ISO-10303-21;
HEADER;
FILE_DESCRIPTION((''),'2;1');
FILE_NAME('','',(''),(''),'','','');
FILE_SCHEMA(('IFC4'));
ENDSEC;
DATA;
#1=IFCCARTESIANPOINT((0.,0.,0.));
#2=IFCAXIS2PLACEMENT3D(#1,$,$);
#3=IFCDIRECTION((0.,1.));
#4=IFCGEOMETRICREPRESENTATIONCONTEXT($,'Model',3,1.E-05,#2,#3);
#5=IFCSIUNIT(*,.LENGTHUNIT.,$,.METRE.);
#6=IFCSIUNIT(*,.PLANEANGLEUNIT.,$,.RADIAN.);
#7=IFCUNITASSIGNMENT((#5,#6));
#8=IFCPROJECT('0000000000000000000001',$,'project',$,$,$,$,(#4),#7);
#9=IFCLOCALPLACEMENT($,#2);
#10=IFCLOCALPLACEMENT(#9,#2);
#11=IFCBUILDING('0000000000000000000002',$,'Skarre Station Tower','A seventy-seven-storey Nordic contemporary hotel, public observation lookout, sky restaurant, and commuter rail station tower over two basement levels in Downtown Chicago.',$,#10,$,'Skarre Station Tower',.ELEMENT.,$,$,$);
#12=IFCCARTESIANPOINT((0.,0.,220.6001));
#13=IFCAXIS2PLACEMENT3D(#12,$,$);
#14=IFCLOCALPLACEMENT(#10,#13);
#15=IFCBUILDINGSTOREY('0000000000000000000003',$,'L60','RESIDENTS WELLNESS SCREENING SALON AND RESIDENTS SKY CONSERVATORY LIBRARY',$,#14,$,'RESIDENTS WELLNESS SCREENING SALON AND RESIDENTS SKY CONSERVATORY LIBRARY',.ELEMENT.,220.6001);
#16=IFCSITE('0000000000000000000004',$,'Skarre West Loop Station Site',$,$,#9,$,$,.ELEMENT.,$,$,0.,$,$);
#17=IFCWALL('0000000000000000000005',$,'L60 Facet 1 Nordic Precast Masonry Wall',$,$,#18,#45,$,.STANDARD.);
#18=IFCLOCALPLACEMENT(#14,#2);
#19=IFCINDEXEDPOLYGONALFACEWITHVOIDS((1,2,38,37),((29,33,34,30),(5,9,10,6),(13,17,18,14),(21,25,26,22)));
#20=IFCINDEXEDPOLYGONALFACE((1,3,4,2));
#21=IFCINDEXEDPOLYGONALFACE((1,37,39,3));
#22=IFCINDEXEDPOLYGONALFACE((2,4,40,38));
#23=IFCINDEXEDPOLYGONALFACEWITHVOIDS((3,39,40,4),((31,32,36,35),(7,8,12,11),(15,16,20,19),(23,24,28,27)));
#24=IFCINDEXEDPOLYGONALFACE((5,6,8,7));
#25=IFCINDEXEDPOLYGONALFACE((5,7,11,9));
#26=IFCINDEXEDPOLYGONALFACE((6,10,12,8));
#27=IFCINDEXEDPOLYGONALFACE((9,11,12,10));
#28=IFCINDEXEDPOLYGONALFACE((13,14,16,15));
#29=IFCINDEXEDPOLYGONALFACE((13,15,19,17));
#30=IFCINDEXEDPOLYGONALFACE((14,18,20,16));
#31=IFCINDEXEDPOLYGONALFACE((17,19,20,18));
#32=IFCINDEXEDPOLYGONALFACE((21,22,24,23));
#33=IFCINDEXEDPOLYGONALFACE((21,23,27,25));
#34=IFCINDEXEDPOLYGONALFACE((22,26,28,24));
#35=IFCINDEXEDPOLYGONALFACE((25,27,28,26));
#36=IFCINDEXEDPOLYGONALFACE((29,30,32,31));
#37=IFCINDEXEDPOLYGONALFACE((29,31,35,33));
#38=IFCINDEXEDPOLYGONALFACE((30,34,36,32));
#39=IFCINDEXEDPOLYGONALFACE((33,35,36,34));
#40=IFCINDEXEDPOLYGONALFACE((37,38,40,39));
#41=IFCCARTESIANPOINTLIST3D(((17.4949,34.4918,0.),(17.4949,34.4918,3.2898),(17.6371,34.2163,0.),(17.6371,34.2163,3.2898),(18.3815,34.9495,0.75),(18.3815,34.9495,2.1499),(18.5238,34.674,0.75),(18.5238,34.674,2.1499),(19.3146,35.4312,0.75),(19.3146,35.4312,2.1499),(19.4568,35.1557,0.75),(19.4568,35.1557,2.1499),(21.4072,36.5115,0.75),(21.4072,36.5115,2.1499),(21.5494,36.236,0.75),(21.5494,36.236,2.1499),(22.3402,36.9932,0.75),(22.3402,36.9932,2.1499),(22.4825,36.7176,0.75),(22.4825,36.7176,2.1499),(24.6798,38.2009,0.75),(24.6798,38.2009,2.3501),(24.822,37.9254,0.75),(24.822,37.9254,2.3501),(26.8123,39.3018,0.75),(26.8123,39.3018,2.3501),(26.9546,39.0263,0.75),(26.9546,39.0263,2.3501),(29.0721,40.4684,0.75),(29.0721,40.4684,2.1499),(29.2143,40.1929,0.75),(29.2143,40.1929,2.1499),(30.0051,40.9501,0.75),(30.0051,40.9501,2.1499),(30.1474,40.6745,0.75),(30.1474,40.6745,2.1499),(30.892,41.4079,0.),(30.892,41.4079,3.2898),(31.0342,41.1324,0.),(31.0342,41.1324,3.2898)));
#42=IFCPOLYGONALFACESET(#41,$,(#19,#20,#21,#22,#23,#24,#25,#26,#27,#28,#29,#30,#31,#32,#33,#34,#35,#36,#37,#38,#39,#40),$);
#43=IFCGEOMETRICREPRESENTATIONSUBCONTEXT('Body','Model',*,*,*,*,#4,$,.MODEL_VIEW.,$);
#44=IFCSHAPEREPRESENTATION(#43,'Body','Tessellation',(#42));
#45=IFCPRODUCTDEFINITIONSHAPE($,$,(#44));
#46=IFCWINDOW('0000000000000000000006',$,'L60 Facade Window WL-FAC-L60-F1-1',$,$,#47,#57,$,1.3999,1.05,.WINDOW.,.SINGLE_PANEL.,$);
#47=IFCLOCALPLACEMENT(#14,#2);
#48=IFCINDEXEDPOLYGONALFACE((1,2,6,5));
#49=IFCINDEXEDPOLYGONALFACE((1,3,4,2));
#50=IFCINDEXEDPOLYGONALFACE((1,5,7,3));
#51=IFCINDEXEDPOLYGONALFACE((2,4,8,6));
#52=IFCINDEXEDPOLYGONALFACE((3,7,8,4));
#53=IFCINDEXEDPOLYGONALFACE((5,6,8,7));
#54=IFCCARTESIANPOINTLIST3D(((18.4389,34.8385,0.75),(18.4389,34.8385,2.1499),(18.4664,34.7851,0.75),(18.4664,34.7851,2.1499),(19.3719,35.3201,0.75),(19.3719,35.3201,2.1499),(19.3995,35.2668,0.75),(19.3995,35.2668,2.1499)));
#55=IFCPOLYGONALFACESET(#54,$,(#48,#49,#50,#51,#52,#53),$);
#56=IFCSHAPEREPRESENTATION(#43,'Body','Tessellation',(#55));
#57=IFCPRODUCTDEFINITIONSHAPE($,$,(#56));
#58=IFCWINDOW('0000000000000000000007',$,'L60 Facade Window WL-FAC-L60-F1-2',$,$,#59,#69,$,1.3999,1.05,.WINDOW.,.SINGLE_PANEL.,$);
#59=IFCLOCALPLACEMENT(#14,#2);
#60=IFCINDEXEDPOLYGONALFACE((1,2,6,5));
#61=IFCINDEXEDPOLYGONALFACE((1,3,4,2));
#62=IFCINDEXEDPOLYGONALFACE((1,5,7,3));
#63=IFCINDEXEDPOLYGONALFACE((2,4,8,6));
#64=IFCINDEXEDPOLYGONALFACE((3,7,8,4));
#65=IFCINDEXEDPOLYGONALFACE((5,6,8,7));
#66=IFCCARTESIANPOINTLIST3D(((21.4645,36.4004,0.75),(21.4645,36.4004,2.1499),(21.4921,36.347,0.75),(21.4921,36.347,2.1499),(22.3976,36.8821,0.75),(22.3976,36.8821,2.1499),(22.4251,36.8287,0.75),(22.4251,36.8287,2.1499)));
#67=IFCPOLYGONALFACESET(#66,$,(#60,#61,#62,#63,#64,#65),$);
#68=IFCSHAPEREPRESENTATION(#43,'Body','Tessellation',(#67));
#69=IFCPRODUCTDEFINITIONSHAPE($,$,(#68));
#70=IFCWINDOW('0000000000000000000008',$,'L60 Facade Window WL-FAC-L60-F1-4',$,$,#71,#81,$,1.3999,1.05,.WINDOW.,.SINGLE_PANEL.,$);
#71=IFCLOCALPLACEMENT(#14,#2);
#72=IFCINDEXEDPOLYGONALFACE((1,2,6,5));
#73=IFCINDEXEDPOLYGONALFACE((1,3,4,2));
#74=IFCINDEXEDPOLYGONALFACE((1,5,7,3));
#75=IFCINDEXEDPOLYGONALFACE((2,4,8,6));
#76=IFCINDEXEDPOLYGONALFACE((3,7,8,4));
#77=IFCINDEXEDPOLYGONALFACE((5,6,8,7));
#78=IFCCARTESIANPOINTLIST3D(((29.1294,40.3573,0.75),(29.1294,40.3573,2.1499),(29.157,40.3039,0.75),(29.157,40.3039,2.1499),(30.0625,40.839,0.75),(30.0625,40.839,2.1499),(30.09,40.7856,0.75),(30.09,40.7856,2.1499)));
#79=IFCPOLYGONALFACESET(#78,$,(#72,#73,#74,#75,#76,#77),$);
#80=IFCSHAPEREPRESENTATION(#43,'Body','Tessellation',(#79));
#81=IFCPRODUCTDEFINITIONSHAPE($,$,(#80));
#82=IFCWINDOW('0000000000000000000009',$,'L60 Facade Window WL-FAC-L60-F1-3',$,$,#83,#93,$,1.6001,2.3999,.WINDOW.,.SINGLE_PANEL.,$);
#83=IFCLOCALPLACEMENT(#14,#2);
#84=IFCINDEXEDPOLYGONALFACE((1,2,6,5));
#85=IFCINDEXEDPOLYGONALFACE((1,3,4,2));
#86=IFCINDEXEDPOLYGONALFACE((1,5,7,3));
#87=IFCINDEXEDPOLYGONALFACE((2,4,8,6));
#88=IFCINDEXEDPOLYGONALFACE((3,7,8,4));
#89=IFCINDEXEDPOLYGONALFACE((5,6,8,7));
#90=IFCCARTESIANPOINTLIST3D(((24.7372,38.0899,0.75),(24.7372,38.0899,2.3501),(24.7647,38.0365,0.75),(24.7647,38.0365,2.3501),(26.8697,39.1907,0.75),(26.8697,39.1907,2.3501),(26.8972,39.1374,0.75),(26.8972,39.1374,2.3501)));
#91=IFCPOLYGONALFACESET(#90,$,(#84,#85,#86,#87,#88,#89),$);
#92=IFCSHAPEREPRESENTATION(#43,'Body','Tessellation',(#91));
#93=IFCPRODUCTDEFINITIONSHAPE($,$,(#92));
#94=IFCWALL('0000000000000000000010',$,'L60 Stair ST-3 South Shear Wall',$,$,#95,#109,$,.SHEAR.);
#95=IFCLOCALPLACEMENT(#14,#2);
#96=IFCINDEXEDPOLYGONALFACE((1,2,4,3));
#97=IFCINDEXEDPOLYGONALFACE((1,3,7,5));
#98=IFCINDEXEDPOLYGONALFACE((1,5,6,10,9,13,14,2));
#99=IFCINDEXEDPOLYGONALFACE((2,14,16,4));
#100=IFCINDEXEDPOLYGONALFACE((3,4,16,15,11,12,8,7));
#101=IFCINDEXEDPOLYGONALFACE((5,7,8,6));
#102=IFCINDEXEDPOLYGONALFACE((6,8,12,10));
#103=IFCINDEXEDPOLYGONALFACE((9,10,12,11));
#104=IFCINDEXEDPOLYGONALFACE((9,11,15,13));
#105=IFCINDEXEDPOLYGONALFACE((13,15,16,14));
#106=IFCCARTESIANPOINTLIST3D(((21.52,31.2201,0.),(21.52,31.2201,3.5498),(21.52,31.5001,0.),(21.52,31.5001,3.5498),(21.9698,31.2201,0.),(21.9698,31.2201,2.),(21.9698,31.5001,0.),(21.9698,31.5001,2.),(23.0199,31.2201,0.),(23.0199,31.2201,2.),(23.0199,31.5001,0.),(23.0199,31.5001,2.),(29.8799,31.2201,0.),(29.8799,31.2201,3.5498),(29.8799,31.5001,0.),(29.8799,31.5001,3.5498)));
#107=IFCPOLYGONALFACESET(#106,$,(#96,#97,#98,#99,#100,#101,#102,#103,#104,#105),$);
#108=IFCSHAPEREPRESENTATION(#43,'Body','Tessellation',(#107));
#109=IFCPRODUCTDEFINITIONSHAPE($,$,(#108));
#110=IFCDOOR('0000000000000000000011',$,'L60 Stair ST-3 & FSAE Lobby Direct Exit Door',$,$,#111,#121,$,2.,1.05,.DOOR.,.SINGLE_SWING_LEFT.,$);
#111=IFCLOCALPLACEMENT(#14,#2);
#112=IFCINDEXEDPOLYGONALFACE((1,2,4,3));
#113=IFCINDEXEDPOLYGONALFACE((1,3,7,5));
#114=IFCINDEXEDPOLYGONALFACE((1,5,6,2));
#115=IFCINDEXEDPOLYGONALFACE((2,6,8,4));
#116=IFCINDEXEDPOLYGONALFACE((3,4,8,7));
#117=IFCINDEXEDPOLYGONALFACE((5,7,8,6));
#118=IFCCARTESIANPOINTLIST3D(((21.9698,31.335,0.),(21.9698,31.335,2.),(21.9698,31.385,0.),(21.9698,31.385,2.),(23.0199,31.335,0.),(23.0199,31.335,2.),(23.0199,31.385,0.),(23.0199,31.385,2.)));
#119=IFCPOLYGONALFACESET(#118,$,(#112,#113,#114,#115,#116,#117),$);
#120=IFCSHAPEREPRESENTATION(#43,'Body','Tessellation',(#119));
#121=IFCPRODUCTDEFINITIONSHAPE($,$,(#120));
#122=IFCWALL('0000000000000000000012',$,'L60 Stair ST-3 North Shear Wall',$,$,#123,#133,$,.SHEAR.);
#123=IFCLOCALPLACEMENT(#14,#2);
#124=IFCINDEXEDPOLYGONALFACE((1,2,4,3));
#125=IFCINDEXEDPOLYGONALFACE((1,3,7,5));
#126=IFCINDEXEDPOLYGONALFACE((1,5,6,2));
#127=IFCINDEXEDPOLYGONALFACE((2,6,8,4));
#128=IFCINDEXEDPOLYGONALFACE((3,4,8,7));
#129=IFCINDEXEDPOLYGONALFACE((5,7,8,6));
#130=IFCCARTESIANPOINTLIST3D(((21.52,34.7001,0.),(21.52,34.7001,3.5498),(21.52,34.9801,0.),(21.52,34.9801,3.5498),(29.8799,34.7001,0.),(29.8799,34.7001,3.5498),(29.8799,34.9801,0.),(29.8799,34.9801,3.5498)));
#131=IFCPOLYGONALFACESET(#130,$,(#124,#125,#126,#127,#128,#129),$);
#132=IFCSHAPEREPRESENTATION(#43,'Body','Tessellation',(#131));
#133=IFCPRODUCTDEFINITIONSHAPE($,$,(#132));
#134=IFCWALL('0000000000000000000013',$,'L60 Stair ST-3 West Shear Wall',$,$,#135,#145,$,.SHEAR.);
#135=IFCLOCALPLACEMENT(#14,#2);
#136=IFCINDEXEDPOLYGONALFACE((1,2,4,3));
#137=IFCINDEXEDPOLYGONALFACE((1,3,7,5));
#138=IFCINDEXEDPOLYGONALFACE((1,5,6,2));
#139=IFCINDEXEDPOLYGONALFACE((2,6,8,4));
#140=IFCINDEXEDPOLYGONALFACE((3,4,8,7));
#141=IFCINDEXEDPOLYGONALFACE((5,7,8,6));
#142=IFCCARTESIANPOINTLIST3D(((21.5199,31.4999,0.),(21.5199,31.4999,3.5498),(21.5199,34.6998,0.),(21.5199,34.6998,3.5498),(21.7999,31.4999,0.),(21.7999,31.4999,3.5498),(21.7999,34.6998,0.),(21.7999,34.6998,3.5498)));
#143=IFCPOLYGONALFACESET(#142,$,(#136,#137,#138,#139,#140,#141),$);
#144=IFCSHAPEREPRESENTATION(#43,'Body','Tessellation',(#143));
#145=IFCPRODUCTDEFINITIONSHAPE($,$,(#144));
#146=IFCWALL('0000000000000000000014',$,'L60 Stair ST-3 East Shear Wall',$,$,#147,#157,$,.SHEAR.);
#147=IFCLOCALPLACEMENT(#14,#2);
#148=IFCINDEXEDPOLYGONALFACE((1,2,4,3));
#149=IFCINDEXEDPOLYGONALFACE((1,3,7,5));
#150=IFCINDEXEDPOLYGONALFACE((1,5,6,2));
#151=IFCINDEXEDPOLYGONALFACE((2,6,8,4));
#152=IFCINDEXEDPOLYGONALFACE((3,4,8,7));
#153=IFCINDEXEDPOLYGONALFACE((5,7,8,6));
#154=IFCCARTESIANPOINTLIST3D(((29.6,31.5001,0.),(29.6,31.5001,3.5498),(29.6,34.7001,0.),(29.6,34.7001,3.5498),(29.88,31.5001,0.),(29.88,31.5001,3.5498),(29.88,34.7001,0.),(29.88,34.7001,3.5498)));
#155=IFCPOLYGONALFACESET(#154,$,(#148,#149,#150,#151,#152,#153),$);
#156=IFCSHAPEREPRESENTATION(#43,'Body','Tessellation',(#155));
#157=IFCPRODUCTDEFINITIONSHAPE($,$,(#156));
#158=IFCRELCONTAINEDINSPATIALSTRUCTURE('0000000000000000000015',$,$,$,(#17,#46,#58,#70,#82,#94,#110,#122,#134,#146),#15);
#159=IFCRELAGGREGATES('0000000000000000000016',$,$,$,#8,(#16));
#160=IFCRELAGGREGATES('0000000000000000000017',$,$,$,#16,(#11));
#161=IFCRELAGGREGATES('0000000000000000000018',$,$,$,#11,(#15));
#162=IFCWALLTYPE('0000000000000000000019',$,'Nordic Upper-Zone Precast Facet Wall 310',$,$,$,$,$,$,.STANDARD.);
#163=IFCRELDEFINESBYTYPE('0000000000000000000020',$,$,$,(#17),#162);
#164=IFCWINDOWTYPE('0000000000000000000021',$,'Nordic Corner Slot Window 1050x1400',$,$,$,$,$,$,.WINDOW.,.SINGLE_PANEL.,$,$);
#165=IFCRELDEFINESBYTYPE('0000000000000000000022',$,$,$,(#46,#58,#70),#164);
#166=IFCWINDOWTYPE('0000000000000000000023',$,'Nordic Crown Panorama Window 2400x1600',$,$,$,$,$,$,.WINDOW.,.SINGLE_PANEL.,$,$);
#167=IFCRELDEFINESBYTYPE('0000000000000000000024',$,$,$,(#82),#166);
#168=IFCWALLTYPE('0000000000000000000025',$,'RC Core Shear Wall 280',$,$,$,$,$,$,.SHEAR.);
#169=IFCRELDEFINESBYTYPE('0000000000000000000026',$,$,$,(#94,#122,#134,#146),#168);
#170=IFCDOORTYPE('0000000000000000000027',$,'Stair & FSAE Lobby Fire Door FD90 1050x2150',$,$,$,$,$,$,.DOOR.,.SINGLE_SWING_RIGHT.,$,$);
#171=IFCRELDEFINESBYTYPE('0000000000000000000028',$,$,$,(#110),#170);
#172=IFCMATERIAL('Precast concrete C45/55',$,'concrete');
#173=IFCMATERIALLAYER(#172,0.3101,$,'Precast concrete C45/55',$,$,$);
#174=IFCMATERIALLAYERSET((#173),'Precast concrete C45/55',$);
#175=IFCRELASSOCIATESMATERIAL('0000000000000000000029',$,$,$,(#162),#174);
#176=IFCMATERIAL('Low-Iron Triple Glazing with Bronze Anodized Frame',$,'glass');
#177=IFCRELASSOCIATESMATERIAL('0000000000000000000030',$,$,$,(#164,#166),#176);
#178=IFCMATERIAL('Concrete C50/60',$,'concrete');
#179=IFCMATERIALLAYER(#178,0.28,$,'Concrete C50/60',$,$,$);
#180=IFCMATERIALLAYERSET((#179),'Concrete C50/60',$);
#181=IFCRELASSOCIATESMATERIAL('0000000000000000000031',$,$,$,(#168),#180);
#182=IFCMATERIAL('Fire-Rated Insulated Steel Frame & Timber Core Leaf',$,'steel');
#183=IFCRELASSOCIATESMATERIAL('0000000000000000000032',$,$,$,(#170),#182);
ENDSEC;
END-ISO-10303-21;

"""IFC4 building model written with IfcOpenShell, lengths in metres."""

from ifc_helpers import new_model, si_unit, direction, frame, frame_2d, origin, place, context, subcontext, project, spatial, rectangle, extrude, material, layer, layer_set, type_object, element, fill, save


model = new_model("IFC4")

# Units and contexts
model_context = context("Model", 3, precision=1e-05, world=origin(), true_north=direction((0.0, 1.0)))
body_context = subcontext(model_context, "Body", "Model", "MODEL_VIEW")
ifc_project = project(units=[si_unit("LENGTHUNIT", "METRE"), si_unit("PLANEANGLEUNIT", "RADIAN")], contexts=[model_context])

# Site, building, storey
site_placement = place(None, origin())
site = spatial("IfcSite", under=ifc_project, at=site_placement, Name="Skarre West Loop Station Site", CompositionType="ELEMENT", RefElevation=0.0)
building_placement = place(site_placement, origin())
building = spatial("IfcBuilding", under=site, at=building_placement, Name="Skarre Station Tower", Description="A seventy-seven-storey Nordic contemporary hotel, public observation lookout, sky restaurant, and commuter rail station tower over two basement levels in Downtown Chicago.", LongName="Skarre Station Tower", CompositionType="ELEMENT")
storey_placement = place(building_placement, frame((0.0, 0.0, 220.6001)))
storey = spatial("IfcBuildingStorey", under=building, at=storey_placement, Name="L60", Description="RESIDENTS WELLNESS SCREENING SALON AND RESIDENTS SKY CONSERVATORY LIBRARY", LongName="RESIDENTS WELLNESS SCREENING SALON AND RESIDENTS SKY CONSERVATORY LIBRARY", CompositionType="ELEMENT", Elevation=220.6001)

# Shared definitions
ifc_material_1 = material(Name="Concrete C50/60", Category="concrete")

# Shared definitions
ifc_material_2 = material(Name="Precast concrete C45/55", Category="concrete")

# Wall, openings, windows
ifc_layer_1 = layer(ifc_material_2, 0.3101, Name="Precast concrete C45/55")
ifc_layer_set_1 = layer_set([ifc_layer_1], Name="Precast concrete C45/55")
wall_type_1 = type_object("IfcWallType", Name="Nordic Upper-Zone Precast Facet Wall 310", PredefinedType="STANDARD", material=ifc_layer_set_1)
wall_1_placement = place(storey_placement, frame((17.5659, 34.354, 0.0), z_axis=(0.0, 0.0, 1.0), x_axis=(0.888581, 0.458719, 0.0)))
wall_1 = element("IfcWall", 1, at=wall_1_placement, inside=storey, type_object=wall_type_1, Name="L60 Facet 1 Nordic Precast Masonry Wall", PredefinedType="STANDARD", context=body_context, shape_type="SweptSolid", body=[
    extrude(rectangle(XDim=15.0769, YDim=0.3101, at=frame_2d((7.5386, 0.0))), origin(), (0.0, 0.0, 1.0), 3.2898),
])
opening_1_placement = place(wall_1_placement, frame((0.998, 0.0, 0.75)))
opening_1 = element("IfcOpeningElement", 2, at=opening_1_placement, cuts=wall_1, PredefinedType="OPENING", context=body_context, shape_type="SweptSolid", body=[
    extrude(rectangle(XDim=1.05, YDim=1.3999, at=frame_2d((0.5249, 0.7))), frame((0.0, 0.165, 0.0), z_axis=(0.0, -1.0, 0.0), x_axis=(1.0, 0.0, 0.0)), (0.0, 0.0, 1.0), 0.3301),
])
opening_2_placement = place(wall_1_placement, frame((4.4031, 0.0, 0.75)))
opening_2 = element("IfcOpeningElement", 3, at=opening_2_placement, cuts=wall_1, PredefinedType="OPENING", context=body_context, shape_type="SweptSolid", body=[
    extrude(rectangle(XDim=1.05, YDim=1.3999, at=frame_2d((0.5249, 0.7))), frame((0.0, 0.165, 0.0), z_axis=(0.0, -1.0, 0.0), x_axis=(1.0, 0.0, 0.0)), (0.0, 0.0, 1.0), 0.3301),
])
opening_3_placement = place(wall_1_placement, frame((8.0859, 0.0, 0.75)))
opening_3 = element("IfcOpeningElement", 4, at=opening_3_placement, cuts=wall_1, PredefinedType="OPENING", context=body_context, shape_type="SweptSolid", body=[
    extrude(rectangle(XDim=2.3999, YDim=1.6001, at=frame_2d((1.2, 0.8))), frame((0.0, 0.165, 0.0), z_axis=(0.0, -1.0, 0.0), x_axis=(1.0, 0.0, 0.0)), (0.0, 0.0, 1.0), 0.3301),
])
opening_4_placement = place(wall_1_placement, frame((13.0291, 0.0, 0.75)))
opening_4 = element("IfcOpeningElement", 5, at=opening_4_placement, cuts=wall_1, PredefinedType="OPENING", context=body_context, shape_type="SweptSolid", body=[
    extrude(rectangle(XDim=1.05, YDim=1.3999, at=frame_2d((0.5249, 0.7))), frame((0.0, 0.165, 0.0), z_axis=(0.0, -1.0, 0.0), x_axis=(1.0, 0.0, 0.0)), (0.0, 0.0, 1.0), 0.3301),
])
ifc_material_3 = material(Name="Low-Iron Triple Glazing with Bronze Anodized Frame", Category="glass")
window_type_1 = type_object("IfcWindowType", Name="Nordic Corner Slot Window 1050x1400", PartitioningType="SINGLE_PANEL", PredefinedType="WINDOW", material=ifc_material_3)
window_1_placement = place(opening_1_placement, origin())
window_1 = element("IfcWindow", 6, at=window_1_placement, inside=storey, type_object=window_type_1, Name="L60 Facade Window WL-FAC-L60-F1-1", OverallHeight=1.3999, OverallWidth=1.05, PartitioningType="SINGLE_PANEL", PredefinedType="WINDOW", context=body_context, shape_type="SweptSolid", body=[
    extrude(rectangle(XDim=1.05, YDim=1.3999, at=frame_2d((0.5249, 0.7))), frame((0.0, 0.03, 0.0), z_axis=(0.0, -1.0, 0.0), x_axis=(1.0, 0.0, 0.0)), (0.0, 0.0, 1.0), 0.0601),
])
fill(opening_1, window_1)
window_2_placement = place(opening_2_placement, origin())
window_2 = element("IfcWindow", 7, at=window_2_placement, inside=storey, type_object=window_type_1, Name="L60 Facade Window WL-FAC-L60-F1-2", OverallHeight=1.3999, OverallWidth=1.05, PartitioningType="SINGLE_PANEL", PredefinedType="WINDOW", context=body_context, shape_type="SweptSolid", body=[
    extrude(rectangle(XDim=1.05, YDim=1.3999, at=frame_2d((0.5249, 0.7))), frame((0.0, 0.03, 0.0), z_axis=(0.0, -1.0, 0.0), x_axis=(1.0, 0.0, 0.0)), (0.0, 0.0, 1.0), 0.0601),
])
fill(opening_2, window_2)
window_3_placement = place(opening_4_placement, origin())
window_3 = element("IfcWindow", 8, at=window_3_placement, inside=storey, type_object=window_type_1, Name="L60 Facade Window WL-FAC-L60-F1-4", OverallHeight=1.3999, OverallWidth=1.05, PartitioningType="SINGLE_PANEL", PredefinedType="WINDOW", context=body_context, shape_type="SweptSolid", body=[
    extrude(rectangle(XDim=1.05, YDim=1.3999, at=frame_2d((0.5249, 0.7))), frame((0.0, 0.03, 0.0), z_axis=(0.0, -1.0, 0.0), x_axis=(1.0, 0.0, 0.0)), (0.0, 0.0, 1.0), 0.0601),
])
fill(opening_4, window_3)
window_type_2 = type_object("IfcWindowType", Name="Nordic Crown Panorama Window 2400x1600", PartitioningType="SINGLE_PANEL", PredefinedType="WINDOW", material=ifc_material_3)
window_4_placement = place(opening_3_placement, origin())
window_4 = element("IfcWindow", 9, at=window_4_placement, inside=storey, type_object=window_type_2, Name="L60 Facade Window WL-FAC-L60-F1-3", OverallHeight=1.6001, OverallWidth=2.3999, PartitioningType="SINGLE_PANEL", PredefinedType="WINDOW", context=body_context, shape_type="SweptSolid", body=[
    extrude(rectangle(XDim=2.3999, YDim=1.6001, at=frame_2d((1.2, 0.8))), frame((0.0, 0.03, 0.0), z_axis=(0.0, -1.0, 0.0), x_axis=(1.0, 0.0, 0.0)), (0.0, 0.0, 1.0), 0.0601),
])
fill(opening_3, window_4)

# Wall, opening, door
ifc_layer_2 = layer(ifc_material_1, 0.28, Name="Concrete C50/60")
ifc_layer_set_2 = layer_set([ifc_layer_2], Name="Concrete C50/60")
wall_type_2 = type_object("IfcWallType", Name="RC Core Shear Wall 280", PredefinedType="SHEAR", material=ifc_layer_set_2)
wall_2_placement = place(storey_placement, frame((21.52, 31.3601, 0.0), z_axis=(0.0, 0.0, 1.0), x_axis=(1.0, 0.0, 0.0)))
wall_2 = element("IfcWall", 10, at=wall_2_placement, inside=storey, type_object=wall_type_2, Name="L60 Stair ST-3 South Shear Wall", PredefinedType="SHEAR", context=body_context, shape_type="SweptSolid", body=[
    extrude(rectangle(XDim=8.3599, YDim=0.28, at=frame_2d((4.1799, 0.0))), origin(), (0.0, 0.0, 1.0), 3.5498),
])
opening_5_placement = place(wall_2_placement, frame((0.45, 0.0, 0.0)))
opening_5 = element("IfcOpeningElement", 11, at=opening_5_placement, cuts=wall_2, PredefinedType="OPENING", context=body_context, shape_type="SweptSolid", body=[
    extrude(rectangle(XDim=1.05, YDim=2.0, at=frame_2d((0.5249, 1.0))), frame((0.0, 0.1499, 0.0), z_axis=(0.0, -1.0, 0.0), x_axis=(1.0, 0.0, 0.0)), (0.0, 0.0, 1.0), 0.3),
])
ifc_material_4 = material(Name="Fire-Rated Insulated Steel Frame & Timber Core Leaf", Category="steel")
door_type_1 = type_object("IfcDoorType", Name="Stair & FSAE Lobby Fire Door FD90 1050x2150", OperationType="SINGLE_SWING_RIGHT", PredefinedType="DOOR", material=ifc_material_4)
door_1_placement = place(opening_5_placement, origin())
door_1 = element("IfcDoor", 12, at=door_1_placement, inside=storey, type_object=door_type_1, Name="L60 Stair ST-3 & FSAE Lobby Direct Exit Door", OperationType="SINGLE_SWING_LEFT", OverallHeight=2.0, OverallWidth=1.05, PredefinedType="DOOR", context=body_context, shape_type="SweptSolid", body=[
    extrude(rectangle(XDim=1.05, YDim=2.0, at=frame_2d((0.5249, 1.0))), frame((0.0, 0.0249, 0.0), z_axis=(0.0, -1.0, 0.0), x_axis=(1.0, 0.0, 0.0)), (0.0, 0.0, 1.0), 0.05),
])
fill(opening_5, door_1)

# Walls
wall_3_placement = place(storey_placement, frame((29.8799, 34.8401, 0.0), z_axis=(0.0, 0.0, 1.0), x_axis=(-1.0, 0.0, 0.0)))
element("IfcWall", 13, at=wall_3_placement, inside=storey, type_object=wall_type_2, Name="L60 Stair ST-3 North Shear Wall", PredefinedType="SHEAR", context=body_context, shape_type="SweptSolid", body=[
    extrude(rectangle(XDim=8.3599, YDim=0.28, at=frame_2d((4.1799, 0.0))), origin(), (0.0, 0.0, 1.0), 3.5498),
])
for number, where, z_axis, x_axis, name in (
    (14, (21.6599, 34.7, 0.0), (0.0, 0.0, 1.0), (0.0, -1.0, 0.0), "L60 Stair ST-3 West Shear Wall"),
    (15, (29.74, 31.5, 0.0), (0.0, 0.0, 1.0), (0.0, 1.0, 0.0), "L60 Stair ST-3 East Shear Wall"),
):
    element("IfcWall", number, at=place(storey_placement, frame(where, z_axis=z_axis, x_axis=x_axis)), inside=storey, type_object=wall_type_2, Name=name, PredefinedType="SHEAR", context=body_context, shape_type="SweptSolid", body=[
        extrude(rectangle(XDim=3.2, YDim=0.28, at=frame_2d((1.6001, 0.0))), origin(), (0.0, 0.0, 1.0), 3.5498),
    ])

save(model, "model.ifc")
